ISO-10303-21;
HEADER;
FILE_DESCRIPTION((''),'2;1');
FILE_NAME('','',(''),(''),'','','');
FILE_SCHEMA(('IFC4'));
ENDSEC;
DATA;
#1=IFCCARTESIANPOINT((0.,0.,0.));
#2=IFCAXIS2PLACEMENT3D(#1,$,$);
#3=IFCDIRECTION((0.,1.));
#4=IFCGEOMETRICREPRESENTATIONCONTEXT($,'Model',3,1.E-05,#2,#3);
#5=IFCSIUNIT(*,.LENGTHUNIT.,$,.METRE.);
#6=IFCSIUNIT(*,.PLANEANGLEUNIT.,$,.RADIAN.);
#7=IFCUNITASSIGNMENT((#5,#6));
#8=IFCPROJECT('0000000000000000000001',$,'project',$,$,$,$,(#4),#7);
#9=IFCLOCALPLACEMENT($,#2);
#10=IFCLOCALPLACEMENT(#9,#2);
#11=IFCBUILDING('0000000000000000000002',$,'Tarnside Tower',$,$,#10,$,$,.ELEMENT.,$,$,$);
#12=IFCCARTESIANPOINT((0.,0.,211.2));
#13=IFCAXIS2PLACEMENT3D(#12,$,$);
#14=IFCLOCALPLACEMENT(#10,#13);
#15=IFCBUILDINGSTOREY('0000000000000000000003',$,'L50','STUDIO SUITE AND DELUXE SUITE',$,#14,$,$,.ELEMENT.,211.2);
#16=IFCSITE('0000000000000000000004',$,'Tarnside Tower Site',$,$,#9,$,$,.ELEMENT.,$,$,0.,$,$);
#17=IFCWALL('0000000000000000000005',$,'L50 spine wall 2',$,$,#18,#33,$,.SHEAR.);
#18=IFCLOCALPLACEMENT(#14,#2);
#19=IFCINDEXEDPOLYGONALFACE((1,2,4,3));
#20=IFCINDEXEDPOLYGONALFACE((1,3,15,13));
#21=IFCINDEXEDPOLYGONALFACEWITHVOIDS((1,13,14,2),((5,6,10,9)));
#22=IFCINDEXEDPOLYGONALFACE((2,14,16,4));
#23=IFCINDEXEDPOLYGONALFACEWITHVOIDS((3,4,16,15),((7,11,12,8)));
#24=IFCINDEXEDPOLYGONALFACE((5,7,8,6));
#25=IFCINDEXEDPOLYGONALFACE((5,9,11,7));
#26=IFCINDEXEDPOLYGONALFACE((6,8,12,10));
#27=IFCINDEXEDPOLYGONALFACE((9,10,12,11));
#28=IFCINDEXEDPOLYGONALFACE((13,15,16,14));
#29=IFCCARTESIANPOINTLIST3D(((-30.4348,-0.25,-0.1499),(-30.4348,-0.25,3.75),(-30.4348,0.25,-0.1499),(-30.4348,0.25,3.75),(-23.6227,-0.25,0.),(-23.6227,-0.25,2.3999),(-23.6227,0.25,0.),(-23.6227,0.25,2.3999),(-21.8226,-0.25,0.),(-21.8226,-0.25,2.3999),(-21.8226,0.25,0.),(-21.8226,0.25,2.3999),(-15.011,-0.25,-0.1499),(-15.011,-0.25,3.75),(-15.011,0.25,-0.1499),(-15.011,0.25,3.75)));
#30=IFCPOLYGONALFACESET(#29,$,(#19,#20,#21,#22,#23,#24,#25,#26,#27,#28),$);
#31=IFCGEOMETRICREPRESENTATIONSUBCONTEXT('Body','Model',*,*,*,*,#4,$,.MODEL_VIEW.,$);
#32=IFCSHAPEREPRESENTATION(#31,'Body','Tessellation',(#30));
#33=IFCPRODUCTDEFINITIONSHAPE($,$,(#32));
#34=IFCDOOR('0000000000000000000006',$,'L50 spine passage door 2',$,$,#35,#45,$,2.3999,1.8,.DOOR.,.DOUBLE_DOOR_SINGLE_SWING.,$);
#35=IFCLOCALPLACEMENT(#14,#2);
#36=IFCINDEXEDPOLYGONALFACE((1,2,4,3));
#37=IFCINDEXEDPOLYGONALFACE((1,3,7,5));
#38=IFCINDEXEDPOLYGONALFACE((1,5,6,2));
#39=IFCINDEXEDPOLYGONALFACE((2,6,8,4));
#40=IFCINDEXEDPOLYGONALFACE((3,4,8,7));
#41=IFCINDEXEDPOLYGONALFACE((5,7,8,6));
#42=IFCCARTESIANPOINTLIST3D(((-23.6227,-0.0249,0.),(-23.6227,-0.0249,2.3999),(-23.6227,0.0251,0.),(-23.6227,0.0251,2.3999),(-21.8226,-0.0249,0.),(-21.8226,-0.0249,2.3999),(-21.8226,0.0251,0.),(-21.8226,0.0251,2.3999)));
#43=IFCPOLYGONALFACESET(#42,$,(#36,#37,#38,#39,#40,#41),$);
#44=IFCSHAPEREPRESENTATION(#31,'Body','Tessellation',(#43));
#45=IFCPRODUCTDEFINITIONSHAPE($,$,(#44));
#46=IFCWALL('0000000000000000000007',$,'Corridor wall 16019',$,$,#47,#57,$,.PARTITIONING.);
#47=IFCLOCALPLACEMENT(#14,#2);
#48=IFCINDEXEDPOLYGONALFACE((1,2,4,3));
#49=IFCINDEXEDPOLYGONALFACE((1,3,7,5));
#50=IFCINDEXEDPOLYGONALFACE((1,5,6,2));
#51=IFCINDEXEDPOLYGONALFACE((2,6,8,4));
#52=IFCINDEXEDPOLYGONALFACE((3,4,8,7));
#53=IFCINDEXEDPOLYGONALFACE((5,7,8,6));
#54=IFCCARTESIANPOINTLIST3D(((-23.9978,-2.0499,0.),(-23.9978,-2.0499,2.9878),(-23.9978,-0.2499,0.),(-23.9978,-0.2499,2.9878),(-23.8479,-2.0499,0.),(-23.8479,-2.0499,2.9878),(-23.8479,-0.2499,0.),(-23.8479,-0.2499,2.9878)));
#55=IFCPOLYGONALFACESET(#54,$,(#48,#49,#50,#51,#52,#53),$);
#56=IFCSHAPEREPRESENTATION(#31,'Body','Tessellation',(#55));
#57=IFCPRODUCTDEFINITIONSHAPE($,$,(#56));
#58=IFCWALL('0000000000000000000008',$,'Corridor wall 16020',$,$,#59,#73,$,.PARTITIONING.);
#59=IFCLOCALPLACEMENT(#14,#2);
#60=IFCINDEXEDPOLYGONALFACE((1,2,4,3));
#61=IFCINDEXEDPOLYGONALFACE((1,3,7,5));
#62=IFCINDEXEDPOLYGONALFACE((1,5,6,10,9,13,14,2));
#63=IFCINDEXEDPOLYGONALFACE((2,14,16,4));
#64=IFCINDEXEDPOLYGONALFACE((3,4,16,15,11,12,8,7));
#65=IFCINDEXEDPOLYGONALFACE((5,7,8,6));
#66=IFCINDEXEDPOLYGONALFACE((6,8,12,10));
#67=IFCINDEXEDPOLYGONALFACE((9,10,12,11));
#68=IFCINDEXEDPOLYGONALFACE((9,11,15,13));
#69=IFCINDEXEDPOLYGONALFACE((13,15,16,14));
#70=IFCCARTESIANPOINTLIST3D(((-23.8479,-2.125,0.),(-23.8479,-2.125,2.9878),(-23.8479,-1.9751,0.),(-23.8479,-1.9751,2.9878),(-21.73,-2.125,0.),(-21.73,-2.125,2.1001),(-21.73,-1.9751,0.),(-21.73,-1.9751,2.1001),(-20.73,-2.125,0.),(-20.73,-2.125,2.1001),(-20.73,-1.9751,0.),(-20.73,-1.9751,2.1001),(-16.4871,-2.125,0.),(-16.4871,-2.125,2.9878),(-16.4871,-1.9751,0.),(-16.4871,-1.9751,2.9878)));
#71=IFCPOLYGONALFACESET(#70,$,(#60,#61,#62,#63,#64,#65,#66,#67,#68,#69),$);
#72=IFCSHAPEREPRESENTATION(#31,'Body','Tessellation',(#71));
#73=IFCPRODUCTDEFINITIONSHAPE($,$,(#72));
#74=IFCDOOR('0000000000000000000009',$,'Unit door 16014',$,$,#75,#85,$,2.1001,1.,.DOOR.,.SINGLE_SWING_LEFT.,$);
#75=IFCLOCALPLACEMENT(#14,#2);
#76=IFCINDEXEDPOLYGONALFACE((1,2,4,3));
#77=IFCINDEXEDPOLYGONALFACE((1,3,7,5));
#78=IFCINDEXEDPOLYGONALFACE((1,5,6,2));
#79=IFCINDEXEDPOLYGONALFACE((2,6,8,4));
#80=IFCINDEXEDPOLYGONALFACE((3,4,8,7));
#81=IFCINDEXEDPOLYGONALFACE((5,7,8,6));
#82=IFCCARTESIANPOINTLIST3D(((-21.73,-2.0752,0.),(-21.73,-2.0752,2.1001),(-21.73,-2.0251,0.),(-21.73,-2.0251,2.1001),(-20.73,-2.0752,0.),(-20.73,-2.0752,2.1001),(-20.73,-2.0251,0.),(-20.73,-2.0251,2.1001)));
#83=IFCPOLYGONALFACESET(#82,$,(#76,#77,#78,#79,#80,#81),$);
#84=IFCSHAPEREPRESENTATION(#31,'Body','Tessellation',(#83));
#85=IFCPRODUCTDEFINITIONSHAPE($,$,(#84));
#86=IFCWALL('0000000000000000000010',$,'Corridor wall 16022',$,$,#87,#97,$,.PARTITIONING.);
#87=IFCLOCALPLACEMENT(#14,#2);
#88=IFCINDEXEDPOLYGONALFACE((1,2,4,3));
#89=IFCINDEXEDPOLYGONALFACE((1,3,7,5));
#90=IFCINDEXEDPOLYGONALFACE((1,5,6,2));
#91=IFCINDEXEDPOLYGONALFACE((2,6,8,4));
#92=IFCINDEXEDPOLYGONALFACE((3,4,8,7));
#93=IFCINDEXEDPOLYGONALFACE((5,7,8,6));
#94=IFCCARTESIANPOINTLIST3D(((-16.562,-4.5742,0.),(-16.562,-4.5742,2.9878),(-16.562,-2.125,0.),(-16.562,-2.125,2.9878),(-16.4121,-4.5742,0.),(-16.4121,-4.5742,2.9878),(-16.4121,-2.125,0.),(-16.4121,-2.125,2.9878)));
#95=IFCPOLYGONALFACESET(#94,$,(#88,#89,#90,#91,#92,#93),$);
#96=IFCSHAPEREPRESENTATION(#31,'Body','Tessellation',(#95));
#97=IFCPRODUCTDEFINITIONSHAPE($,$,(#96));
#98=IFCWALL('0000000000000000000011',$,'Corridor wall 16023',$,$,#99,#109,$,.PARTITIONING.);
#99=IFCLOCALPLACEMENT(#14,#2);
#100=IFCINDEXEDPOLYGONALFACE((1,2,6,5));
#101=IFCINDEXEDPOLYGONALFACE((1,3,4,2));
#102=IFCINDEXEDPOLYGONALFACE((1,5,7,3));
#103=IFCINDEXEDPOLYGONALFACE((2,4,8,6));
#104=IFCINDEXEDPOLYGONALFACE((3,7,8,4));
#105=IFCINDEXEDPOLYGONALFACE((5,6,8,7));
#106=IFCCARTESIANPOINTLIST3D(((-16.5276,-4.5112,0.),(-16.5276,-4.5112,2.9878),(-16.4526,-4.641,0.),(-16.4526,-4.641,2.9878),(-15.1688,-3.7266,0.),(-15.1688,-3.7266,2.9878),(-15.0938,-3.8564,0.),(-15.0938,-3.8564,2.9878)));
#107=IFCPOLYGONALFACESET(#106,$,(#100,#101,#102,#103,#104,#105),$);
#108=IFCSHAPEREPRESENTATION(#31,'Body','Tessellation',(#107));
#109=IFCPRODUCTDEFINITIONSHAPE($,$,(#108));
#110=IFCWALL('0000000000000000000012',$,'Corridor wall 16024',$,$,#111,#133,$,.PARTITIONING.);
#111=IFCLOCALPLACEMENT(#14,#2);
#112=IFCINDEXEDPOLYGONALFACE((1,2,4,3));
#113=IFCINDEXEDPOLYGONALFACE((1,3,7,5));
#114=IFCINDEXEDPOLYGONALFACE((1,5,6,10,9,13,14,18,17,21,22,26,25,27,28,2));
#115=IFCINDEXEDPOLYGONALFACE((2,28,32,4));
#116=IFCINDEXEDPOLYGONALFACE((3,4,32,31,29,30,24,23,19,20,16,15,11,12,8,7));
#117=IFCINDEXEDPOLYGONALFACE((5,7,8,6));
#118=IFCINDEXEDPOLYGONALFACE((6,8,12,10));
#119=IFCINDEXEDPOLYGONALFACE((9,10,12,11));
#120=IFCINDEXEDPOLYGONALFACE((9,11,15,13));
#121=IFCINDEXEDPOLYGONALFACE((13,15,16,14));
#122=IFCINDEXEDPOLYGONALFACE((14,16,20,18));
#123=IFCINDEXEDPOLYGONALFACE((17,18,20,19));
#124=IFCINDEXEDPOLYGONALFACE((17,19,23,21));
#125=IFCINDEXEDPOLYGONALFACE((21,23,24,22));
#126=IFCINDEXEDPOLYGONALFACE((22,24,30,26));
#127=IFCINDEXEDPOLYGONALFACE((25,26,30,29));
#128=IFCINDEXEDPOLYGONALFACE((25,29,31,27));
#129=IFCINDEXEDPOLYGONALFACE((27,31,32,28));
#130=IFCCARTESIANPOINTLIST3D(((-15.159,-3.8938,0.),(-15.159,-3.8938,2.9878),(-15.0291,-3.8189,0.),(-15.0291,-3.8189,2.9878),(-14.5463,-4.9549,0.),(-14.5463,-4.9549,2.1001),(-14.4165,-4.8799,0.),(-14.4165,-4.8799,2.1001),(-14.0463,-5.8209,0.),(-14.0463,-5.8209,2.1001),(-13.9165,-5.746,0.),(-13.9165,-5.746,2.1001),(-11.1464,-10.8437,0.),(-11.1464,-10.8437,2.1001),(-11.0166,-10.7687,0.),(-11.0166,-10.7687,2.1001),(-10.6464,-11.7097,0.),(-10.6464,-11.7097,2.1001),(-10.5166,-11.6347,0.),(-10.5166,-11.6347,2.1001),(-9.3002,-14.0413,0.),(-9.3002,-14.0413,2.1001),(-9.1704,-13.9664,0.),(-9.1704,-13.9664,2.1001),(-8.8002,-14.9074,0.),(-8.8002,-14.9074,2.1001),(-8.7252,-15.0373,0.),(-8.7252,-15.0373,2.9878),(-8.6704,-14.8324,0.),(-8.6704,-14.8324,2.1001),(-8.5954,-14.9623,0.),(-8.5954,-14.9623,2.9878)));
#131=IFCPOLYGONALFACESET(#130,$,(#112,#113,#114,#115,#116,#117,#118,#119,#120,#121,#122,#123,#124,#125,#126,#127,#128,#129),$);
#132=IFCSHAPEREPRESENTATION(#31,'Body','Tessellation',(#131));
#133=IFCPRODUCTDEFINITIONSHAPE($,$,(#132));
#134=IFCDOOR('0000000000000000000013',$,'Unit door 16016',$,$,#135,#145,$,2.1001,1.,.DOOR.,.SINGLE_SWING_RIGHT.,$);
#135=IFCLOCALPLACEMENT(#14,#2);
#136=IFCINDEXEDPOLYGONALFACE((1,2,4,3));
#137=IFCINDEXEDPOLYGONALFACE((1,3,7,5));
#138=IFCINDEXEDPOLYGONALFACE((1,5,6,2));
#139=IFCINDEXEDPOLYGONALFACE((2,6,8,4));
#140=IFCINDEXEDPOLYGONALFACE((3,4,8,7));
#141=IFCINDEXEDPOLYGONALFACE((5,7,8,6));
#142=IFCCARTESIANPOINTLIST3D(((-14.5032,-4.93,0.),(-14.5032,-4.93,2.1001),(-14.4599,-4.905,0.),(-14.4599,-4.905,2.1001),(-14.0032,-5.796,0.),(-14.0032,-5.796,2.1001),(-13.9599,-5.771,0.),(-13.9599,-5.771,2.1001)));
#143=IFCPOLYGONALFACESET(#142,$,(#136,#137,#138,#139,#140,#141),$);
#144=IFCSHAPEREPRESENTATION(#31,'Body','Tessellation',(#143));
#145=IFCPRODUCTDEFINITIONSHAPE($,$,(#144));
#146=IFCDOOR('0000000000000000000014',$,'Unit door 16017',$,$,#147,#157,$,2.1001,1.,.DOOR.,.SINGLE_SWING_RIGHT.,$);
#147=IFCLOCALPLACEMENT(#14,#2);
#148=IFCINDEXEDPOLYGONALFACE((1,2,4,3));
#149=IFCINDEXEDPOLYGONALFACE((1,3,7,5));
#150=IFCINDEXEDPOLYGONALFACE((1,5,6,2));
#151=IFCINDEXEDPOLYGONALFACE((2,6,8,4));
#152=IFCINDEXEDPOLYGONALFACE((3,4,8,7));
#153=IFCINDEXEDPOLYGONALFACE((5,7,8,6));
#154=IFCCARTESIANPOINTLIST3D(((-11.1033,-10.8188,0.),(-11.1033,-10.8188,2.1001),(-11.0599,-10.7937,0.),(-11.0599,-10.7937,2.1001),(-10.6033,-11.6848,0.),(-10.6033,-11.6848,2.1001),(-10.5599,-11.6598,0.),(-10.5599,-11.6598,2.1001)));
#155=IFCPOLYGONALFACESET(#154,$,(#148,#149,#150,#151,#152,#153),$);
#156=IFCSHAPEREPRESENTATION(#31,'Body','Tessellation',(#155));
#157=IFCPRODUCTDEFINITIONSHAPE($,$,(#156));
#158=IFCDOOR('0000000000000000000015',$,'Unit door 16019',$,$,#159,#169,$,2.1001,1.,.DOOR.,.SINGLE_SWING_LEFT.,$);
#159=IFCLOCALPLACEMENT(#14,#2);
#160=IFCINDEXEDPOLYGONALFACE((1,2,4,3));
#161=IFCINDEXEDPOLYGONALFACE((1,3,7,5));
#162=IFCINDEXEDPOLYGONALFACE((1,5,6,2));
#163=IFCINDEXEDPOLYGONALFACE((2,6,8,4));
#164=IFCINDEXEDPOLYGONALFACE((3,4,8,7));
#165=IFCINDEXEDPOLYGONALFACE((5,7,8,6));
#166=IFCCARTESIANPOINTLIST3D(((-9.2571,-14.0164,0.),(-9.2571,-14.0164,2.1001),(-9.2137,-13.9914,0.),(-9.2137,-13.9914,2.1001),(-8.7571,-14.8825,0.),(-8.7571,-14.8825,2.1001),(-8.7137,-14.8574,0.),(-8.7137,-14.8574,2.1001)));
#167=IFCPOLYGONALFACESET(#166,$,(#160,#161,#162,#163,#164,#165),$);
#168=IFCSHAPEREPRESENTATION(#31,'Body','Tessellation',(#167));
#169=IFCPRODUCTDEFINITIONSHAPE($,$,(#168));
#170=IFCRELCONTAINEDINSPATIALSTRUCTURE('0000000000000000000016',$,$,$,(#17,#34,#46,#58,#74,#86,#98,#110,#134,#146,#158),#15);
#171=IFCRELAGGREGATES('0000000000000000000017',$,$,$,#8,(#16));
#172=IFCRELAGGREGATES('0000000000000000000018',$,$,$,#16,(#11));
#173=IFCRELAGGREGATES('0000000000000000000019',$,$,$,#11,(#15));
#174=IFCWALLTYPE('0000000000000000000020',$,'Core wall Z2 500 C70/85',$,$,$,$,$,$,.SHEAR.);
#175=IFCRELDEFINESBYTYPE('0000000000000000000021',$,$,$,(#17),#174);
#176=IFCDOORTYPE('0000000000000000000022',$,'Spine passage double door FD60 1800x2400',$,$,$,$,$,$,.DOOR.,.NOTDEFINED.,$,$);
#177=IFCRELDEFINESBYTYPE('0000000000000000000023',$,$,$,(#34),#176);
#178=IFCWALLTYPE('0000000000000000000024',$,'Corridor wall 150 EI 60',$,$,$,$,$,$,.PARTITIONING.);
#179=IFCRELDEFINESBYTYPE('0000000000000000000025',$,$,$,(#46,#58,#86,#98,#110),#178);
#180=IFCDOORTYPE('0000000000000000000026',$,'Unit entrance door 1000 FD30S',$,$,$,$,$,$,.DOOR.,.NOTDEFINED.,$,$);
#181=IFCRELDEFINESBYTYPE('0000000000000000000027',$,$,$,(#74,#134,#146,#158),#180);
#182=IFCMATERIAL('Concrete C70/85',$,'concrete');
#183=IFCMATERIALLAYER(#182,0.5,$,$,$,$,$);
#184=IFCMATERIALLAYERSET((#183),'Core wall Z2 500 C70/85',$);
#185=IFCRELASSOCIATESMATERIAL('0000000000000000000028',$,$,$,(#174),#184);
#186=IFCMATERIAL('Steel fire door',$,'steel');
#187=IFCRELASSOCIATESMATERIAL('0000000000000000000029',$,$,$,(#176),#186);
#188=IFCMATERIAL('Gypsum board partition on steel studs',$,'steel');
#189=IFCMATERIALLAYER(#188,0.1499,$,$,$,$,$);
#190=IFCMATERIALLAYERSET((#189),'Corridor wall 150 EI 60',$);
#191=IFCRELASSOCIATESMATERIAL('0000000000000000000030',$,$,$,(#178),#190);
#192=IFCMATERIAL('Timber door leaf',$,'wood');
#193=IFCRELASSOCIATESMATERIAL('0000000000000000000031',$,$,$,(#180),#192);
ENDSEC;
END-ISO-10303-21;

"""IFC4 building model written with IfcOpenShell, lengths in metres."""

from ifc_helpers import new_model, si_unit, direction, frame, frame_2d, origin, place, context, subcontext, project, spatial, rectangle, extrude, material, layer, layer_set, type_object, element, fill, save


model = new_model("IFC4")

# Units and contexts
model_context = context("Model", 3, precision=1e-05, world=origin(), true_north=direction((0.0, 1.0)))
body_context = subcontext(model_context, "Body", "Model", "MODEL_VIEW")
ifc_project = project(units=[si_unit("LENGTHUNIT", "METRE"), si_unit("PLANEANGLEUNIT", "RADIAN")], contexts=[model_context])

# Site, building, storey
site_placement = place(None, origin())
site = spatial("IfcSite", under=ifc_project, at=site_placement, Name="Tarnside Tower Site", CompositionType="ELEMENT", RefElevation=0.0)
building_placement = place(site_placement, origin())
building = spatial("IfcBuilding", under=site, at=building_placement, Name="Tarnside Tower", CompositionType="ELEMENT")
storey_placement = place(building_placement, frame((0.0, 0.0, 211.2)))
storey = spatial("IfcBuildingStorey", under=building, at=storey_placement, Name="L50", Description="STUDIO SUITE AND DELUXE SUITE", CompositionType="ELEMENT", Elevation=211.2)

# Shared definitions
ifc_material_1 = material(Name="Gypsum board partition on steel studs", Category="steel")

# Wall, opening, door
ifc_material_2 = material(Name="Timber door leaf", Category="wood")
ifc_material_3 = material(Name="Concrete C70/85", Category="concrete")
ifc_layer_1 = layer(ifc_material_3, 0.5)
ifc_layer_set_1 = layer_set([ifc_layer_1], Name="Core wall Z2 500 C70/85")
wall_type_1 = type_object("IfcWallType", Name="Core wall Z2 500 C70/85", PredefinedType="SHEAR", material=ifc_layer_set_1)
wall_1_placement = place(storey_placement, frame((-15.011, 0.0, -0.1499), z_axis=(0.0, 0.0, 1.0), x_axis=(-1.0, 0.0, 0.0)))
wall_1 = element("IfcWall", 1, at=wall_1_placement, inside=storey, type_object=wall_type_1, Name="L50 spine wall 2", PredefinedType="SHEAR", context=body_context, shape_type="SweptSolid", body=[
    extrude(rectangle(XDim=15.4238, YDim=0.5, at=frame_2d((7.7119, 0.0))), origin(), (0.0, 0.0, 1.0), 3.8999),
])
opening_1_placement = place(wall_1_placement, frame((6.8118, 0.0, 0.1499)))
opening_1 = element("IfcOpeningElement", 2, at=opening_1_placement, cuts=wall_1, PredefinedType="OPENING", context=body_context, shape_type="SweptSolid", body=[
    extrude(rectangle(XDim=1.8, YDim=2.3999, at=frame_2d((0.8999, 1.2))), frame((0.0, 0.26, 0.0), z_axis=(0.0, -1.0, 0.0), x_axis=(1.0, 0.0, 0.0)), (0.0, 0.0, 1.0), 0.52),
])
ifc_material_4 = material(Name="Steel fire door", Category="steel")
door_type_1 = type_object("IfcDoorType", Name="Spine passage double door FD60 1800x2400", OperationType="NOTDEFINED", PredefinedType="DOOR", material=ifc_material_4)
door_1_placement = place(opening_1_placement, origin())
door_1 = element("IfcDoor", 3, at=door_1_placement, inside=storey, type_object=door_type_1, Name="L50 spine passage door 2", OperationType="DOUBLE_DOOR_SINGLE_SWING", OverallHeight=2.3999, OverallWidth=1.8, PredefinedType="DOOR", context=body_context, shape_type="SweptSolid", body=[
    extrude(rectangle(XDim=1.8, YDim=2.3999, at=frame_2d((0.8999, 1.2))), frame((0.0, 0.0249, 0.0), z_axis=(0.0, -1.0, 0.0), x_axis=(1.0, 0.0, 0.0)), (0.0, 0.0, 1.0), 0.05),
])
fill(opening_1, door_1)

# Wall
ifc_layer_2 = layer(ifc_material_1, 0.1499)
ifc_layer_set_2 = layer_set([ifc_layer_2], Name="Corridor wall 150 EI 60")
wall_type_2 = type_object("IfcWallType", Name="Corridor wall 150 EI 60", PredefinedType="PARTITIONING", material=ifc_layer_set_2)
wall_2_placement = place(storey_placement, frame((-23.9229, -0.25, 0.0), z_axis=(0.0, 0.0, 1.0), x_axis=(0.0, -1.0, 0.0)))
element("IfcWall", 4, at=wall_2_placement, inside=storey, type_object=wall_type_2, Name="Corridor wall 16019", PredefinedType="PARTITIONING", context=body_context, shape_type="SweptSolid", body=[
    extrude(rectangle(XDim=1.8, YDim=0.1499, at=frame_2d((0.8999, 0.0))), origin(), (0.0, 0.0, 1.0), 2.9878),
])

# Wall, opening, door
wall_3_placement = place(storey_placement, frame((-23.8479, -2.05, 0.0), z_axis=(0.0, 0.0, 1.0), x_axis=(1.0, 0.0, 0.0)))
wall_3 = element("IfcWall", 5, at=wall_3_placement, inside=storey, type_object=wall_type_2, Name="Corridor wall 16020", PredefinedType="PARTITIONING", context=body_context, shape_type="SweptSolid", body=[
    extrude(rectangle(XDim=7.3608, YDim=0.1499, at=frame_2d((3.6804, 0.0))), origin(), (0.0, 0.0, 1.0), 2.9878),
])
opening_2_placement = place(wall_3_placement, frame((2.1179, 0.0, 0.0)))
opening_2 = element("IfcOpeningElement", 6, at=opening_2_placement, cuts=wall_3, PredefinedType="OPENING", context=body_context, shape_type="SweptSolid", body=[
    extrude(rectangle(XDim=1.0, YDim=2.1001, at=frame_2d((0.5, 1.05))), frame((0.0, 0.085, 0.0), z_axis=(0.0, -1.0, 0.0), x_axis=(1.0, 0.0, 0.0)), (0.0, 0.0, 1.0), 0.1699),
])
door_type_2 = type_object("IfcDoorType", Name="Unit entrance door 1000 FD30S", OperationType="NOTDEFINED", PredefinedType="DOOR", material=ifc_material_2)
door_2_placement = place(opening_2_placement, origin())
door_2 = element("IfcDoor", 7, at=door_2_placement, inside=storey, type_object=door_type_2, Name="Unit door 16014", OperationType="SINGLE_SWING_LEFT", OverallHeight=2.1001, OverallWidth=1.0, PredefinedType="DOOR", context=body_context, shape_type="SweptSolid", body=[
    extrude(rectangle(XDim=1.0, YDim=2.1001, at=frame_2d((0.5, 1.05))), frame((0.0, 0.0249, 0.0), z_axis=(0.0, -1.0, 0.0), x_axis=(1.0, 0.0, 0.0)), (0.0, 0.0, 1.0), 0.05),
])
fill(opening_2, door_2)

# Walls
wall_4_placement = place(storey_placement, frame((-16.4871, -2.125, 0.0), z_axis=(0.0, 0.0, 1.0), x_axis=(0.0, -1.0, 0.0)))
element("IfcWall", 8, at=wall_4_placement, inside=storey, type_object=wall_type_2, Name="Corridor wall 16022", PredefinedType="PARTITIONING", context=body_context, shape_type="SweptSolid", body=[
    extrude(rectangle(XDim=2.4492, YDim=0.1499, at=frame_2d((1.2246, 0.0))), origin(), (0.0, 0.0, 1.0), 2.9878),
])
wall_5_placement = place(storey_placement, frame((-16.4902, -4.5762, 0.0), z_axis=(0.0, 0.0, 1.0), x_axis=(0.865994, 0.500055, 0.0)))
element("IfcWall", 9, at=wall_5_placement, inside=storey, type_object=wall_type_2, Name="Corridor wall 16023", PredefinedType="PARTITIONING", context=body_context, shape_type="SweptSolid", body=[
    extrude(rectangle(XDim=1.5691, YDim=0.1499, at=frame_2d((0.7847, 0.0))), origin(), (0.0, 0.0, 1.0), 2.9878),
])

# Wall, openings, doors
wall_6_placement = place(storey_placement, frame((-15.094, -3.8564, 0.0), z_axis=(0.0, 0.0, 1.0), x_axis=(0.500006, -0.866022, 0.0)))
wall_6 = element("IfcWall", 10, at=wall_6_placement, inside=storey, type_object=wall_type_2, Name="Corridor wall 16024", PredefinedType="PARTITIONING", context=body_context, shape_type="SweptSolid", body=[
    extrude(rectangle(XDim=12.8674, YDim=0.1499, at=frame_2d((6.4336, 0.0))), origin(), (0.0, 0.0, 1.0), 2.9878),
])
opening_3_placement = place(wall_6_placement, frame((1.2251, 0.0, 0.0)))
opening_3 = element("IfcOpeningElement", 11, at=opening_3_placement, cuts=wall_6, PredefinedType="OPENING", context=body_context, shape_type="SweptSolid", body=[
    extrude(rectangle(XDim=1.0, YDim=2.1001, at=frame_2d((0.5, 1.05))), frame((0.0, 0.085, 0.0), z_axis=(0.0, -1.0, 0.0), x_axis=(1.0, 0.0, 0.0)), (0.0, 0.0, 1.0), 0.1699),
])
opening_4_placement = place(wall_6_placement, frame((8.0249, 0.0, 0.0)))
opening_4 = element("IfcOpeningElement", 12, at=opening_4_placement, cuts=wall_6, PredefinedType="OPENING", context=body_context, shape_type="SweptSolid", body=[
    extrude(rectangle(XDim=1.0, YDim=2.1001, at=frame_2d((0.5, 1.05))), frame((0.0, 0.085, 0.0), z_axis=(0.0, -1.0, 0.0), x_axis=(1.0, 0.0, 0.0)), (0.0, 0.0, 1.0), 0.1699),
])
opening_5_placement = place(wall_6_placement, frame((11.7173, 0.0, 0.0)))
opening_5 = element("IfcOpeningElement", 13, at=opening_5_placement, cuts=wall_6, PredefinedType="OPENING", context=body_context, shape_type="SweptSolid", body=[
    extrude(rectangle(XDim=1.0, YDim=2.1001, at=frame_2d((0.5, 1.05))), frame((0.0, 0.085, 0.0), z_axis=(0.0, -1.0, 0.0), x_axis=(1.0, 0.0, 0.0)), (0.0, 0.0, 1.0), 0.1699),
])
door_3_placement = place(opening_3_placement, origin())
door_3 = element("IfcDoor", 14, at=door_3_placement, inside=storey, type_object=door_type_2, Name="Unit door 16016", OperationType="SINGLE_SWING_RIGHT", OverallHeight=2.1001, OverallWidth=1.0, PredefinedType="DOOR", context=body_context, shape_type="SweptSolid", body=[
    extrude(rectangle(XDim=1.0, YDim=2.1001, at=frame_2d((0.5, 1.05))), frame((0.0, 0.0249, 0.0), z_axis=(0.0, -1.0, 0.0), x_axis=(1.0, 0.0, 0.0)), (0.0, 0.0, 1.0), 0.05),
])
fill(opening_3, door_3)
door_4_placement = place(opening_4_placement, origin())
door_4 = element("IfcDoor", 15, at=door_4_placement, inside=storey, type_object=door_type_2, Name="Unit door 16017", OperationType="SINGLE_SWING_RIGHT", OverallHeight=2.1001, OverallWidth=1.0, PredefinedType="DOOR", context=body_context, shape_type="SweptSolid", body=[
    extrude(rectangle(XDim=1.0, YDim=2.1001, at=frame_2d((0.5, 1.05))), frame((0.0, 0.0249, 0.0), z_axis=(0.0, -1.0, 0.0), x_axis=(1.0, 0.0, 0.0)), (0.0, 0.0, 1.0), 0.05),
])
fill(opening_4, door_4)
door_5_placement = place(opening_5_placement, origin())
door_5 = element("IfcDoor", 16, at=door_5_placement, inside=storey, type_object=door_type_2, Name="Unit door 16019", OperationType="SINGLE_SWING_LEFT", OverallHeight=2.1001, OverallWidth=1.0, PredefinedType="DOOR", context=body_context, shape_type="SweptSolid", body=[
    extrude(rectangle(XDim=1.0, YDim=2.1001, at=frame_2d((0.5, 1.05))), frame((0.0, 0.0249, 0.0), z_axis=(0.0, -1.0, 0.0), x_axis=(1.0, 0.0, 0.0)), (0.0, 0.0, 1.0), 0.05),
])
fill(opening_5, door_5)

save(model, "model.ifc")
